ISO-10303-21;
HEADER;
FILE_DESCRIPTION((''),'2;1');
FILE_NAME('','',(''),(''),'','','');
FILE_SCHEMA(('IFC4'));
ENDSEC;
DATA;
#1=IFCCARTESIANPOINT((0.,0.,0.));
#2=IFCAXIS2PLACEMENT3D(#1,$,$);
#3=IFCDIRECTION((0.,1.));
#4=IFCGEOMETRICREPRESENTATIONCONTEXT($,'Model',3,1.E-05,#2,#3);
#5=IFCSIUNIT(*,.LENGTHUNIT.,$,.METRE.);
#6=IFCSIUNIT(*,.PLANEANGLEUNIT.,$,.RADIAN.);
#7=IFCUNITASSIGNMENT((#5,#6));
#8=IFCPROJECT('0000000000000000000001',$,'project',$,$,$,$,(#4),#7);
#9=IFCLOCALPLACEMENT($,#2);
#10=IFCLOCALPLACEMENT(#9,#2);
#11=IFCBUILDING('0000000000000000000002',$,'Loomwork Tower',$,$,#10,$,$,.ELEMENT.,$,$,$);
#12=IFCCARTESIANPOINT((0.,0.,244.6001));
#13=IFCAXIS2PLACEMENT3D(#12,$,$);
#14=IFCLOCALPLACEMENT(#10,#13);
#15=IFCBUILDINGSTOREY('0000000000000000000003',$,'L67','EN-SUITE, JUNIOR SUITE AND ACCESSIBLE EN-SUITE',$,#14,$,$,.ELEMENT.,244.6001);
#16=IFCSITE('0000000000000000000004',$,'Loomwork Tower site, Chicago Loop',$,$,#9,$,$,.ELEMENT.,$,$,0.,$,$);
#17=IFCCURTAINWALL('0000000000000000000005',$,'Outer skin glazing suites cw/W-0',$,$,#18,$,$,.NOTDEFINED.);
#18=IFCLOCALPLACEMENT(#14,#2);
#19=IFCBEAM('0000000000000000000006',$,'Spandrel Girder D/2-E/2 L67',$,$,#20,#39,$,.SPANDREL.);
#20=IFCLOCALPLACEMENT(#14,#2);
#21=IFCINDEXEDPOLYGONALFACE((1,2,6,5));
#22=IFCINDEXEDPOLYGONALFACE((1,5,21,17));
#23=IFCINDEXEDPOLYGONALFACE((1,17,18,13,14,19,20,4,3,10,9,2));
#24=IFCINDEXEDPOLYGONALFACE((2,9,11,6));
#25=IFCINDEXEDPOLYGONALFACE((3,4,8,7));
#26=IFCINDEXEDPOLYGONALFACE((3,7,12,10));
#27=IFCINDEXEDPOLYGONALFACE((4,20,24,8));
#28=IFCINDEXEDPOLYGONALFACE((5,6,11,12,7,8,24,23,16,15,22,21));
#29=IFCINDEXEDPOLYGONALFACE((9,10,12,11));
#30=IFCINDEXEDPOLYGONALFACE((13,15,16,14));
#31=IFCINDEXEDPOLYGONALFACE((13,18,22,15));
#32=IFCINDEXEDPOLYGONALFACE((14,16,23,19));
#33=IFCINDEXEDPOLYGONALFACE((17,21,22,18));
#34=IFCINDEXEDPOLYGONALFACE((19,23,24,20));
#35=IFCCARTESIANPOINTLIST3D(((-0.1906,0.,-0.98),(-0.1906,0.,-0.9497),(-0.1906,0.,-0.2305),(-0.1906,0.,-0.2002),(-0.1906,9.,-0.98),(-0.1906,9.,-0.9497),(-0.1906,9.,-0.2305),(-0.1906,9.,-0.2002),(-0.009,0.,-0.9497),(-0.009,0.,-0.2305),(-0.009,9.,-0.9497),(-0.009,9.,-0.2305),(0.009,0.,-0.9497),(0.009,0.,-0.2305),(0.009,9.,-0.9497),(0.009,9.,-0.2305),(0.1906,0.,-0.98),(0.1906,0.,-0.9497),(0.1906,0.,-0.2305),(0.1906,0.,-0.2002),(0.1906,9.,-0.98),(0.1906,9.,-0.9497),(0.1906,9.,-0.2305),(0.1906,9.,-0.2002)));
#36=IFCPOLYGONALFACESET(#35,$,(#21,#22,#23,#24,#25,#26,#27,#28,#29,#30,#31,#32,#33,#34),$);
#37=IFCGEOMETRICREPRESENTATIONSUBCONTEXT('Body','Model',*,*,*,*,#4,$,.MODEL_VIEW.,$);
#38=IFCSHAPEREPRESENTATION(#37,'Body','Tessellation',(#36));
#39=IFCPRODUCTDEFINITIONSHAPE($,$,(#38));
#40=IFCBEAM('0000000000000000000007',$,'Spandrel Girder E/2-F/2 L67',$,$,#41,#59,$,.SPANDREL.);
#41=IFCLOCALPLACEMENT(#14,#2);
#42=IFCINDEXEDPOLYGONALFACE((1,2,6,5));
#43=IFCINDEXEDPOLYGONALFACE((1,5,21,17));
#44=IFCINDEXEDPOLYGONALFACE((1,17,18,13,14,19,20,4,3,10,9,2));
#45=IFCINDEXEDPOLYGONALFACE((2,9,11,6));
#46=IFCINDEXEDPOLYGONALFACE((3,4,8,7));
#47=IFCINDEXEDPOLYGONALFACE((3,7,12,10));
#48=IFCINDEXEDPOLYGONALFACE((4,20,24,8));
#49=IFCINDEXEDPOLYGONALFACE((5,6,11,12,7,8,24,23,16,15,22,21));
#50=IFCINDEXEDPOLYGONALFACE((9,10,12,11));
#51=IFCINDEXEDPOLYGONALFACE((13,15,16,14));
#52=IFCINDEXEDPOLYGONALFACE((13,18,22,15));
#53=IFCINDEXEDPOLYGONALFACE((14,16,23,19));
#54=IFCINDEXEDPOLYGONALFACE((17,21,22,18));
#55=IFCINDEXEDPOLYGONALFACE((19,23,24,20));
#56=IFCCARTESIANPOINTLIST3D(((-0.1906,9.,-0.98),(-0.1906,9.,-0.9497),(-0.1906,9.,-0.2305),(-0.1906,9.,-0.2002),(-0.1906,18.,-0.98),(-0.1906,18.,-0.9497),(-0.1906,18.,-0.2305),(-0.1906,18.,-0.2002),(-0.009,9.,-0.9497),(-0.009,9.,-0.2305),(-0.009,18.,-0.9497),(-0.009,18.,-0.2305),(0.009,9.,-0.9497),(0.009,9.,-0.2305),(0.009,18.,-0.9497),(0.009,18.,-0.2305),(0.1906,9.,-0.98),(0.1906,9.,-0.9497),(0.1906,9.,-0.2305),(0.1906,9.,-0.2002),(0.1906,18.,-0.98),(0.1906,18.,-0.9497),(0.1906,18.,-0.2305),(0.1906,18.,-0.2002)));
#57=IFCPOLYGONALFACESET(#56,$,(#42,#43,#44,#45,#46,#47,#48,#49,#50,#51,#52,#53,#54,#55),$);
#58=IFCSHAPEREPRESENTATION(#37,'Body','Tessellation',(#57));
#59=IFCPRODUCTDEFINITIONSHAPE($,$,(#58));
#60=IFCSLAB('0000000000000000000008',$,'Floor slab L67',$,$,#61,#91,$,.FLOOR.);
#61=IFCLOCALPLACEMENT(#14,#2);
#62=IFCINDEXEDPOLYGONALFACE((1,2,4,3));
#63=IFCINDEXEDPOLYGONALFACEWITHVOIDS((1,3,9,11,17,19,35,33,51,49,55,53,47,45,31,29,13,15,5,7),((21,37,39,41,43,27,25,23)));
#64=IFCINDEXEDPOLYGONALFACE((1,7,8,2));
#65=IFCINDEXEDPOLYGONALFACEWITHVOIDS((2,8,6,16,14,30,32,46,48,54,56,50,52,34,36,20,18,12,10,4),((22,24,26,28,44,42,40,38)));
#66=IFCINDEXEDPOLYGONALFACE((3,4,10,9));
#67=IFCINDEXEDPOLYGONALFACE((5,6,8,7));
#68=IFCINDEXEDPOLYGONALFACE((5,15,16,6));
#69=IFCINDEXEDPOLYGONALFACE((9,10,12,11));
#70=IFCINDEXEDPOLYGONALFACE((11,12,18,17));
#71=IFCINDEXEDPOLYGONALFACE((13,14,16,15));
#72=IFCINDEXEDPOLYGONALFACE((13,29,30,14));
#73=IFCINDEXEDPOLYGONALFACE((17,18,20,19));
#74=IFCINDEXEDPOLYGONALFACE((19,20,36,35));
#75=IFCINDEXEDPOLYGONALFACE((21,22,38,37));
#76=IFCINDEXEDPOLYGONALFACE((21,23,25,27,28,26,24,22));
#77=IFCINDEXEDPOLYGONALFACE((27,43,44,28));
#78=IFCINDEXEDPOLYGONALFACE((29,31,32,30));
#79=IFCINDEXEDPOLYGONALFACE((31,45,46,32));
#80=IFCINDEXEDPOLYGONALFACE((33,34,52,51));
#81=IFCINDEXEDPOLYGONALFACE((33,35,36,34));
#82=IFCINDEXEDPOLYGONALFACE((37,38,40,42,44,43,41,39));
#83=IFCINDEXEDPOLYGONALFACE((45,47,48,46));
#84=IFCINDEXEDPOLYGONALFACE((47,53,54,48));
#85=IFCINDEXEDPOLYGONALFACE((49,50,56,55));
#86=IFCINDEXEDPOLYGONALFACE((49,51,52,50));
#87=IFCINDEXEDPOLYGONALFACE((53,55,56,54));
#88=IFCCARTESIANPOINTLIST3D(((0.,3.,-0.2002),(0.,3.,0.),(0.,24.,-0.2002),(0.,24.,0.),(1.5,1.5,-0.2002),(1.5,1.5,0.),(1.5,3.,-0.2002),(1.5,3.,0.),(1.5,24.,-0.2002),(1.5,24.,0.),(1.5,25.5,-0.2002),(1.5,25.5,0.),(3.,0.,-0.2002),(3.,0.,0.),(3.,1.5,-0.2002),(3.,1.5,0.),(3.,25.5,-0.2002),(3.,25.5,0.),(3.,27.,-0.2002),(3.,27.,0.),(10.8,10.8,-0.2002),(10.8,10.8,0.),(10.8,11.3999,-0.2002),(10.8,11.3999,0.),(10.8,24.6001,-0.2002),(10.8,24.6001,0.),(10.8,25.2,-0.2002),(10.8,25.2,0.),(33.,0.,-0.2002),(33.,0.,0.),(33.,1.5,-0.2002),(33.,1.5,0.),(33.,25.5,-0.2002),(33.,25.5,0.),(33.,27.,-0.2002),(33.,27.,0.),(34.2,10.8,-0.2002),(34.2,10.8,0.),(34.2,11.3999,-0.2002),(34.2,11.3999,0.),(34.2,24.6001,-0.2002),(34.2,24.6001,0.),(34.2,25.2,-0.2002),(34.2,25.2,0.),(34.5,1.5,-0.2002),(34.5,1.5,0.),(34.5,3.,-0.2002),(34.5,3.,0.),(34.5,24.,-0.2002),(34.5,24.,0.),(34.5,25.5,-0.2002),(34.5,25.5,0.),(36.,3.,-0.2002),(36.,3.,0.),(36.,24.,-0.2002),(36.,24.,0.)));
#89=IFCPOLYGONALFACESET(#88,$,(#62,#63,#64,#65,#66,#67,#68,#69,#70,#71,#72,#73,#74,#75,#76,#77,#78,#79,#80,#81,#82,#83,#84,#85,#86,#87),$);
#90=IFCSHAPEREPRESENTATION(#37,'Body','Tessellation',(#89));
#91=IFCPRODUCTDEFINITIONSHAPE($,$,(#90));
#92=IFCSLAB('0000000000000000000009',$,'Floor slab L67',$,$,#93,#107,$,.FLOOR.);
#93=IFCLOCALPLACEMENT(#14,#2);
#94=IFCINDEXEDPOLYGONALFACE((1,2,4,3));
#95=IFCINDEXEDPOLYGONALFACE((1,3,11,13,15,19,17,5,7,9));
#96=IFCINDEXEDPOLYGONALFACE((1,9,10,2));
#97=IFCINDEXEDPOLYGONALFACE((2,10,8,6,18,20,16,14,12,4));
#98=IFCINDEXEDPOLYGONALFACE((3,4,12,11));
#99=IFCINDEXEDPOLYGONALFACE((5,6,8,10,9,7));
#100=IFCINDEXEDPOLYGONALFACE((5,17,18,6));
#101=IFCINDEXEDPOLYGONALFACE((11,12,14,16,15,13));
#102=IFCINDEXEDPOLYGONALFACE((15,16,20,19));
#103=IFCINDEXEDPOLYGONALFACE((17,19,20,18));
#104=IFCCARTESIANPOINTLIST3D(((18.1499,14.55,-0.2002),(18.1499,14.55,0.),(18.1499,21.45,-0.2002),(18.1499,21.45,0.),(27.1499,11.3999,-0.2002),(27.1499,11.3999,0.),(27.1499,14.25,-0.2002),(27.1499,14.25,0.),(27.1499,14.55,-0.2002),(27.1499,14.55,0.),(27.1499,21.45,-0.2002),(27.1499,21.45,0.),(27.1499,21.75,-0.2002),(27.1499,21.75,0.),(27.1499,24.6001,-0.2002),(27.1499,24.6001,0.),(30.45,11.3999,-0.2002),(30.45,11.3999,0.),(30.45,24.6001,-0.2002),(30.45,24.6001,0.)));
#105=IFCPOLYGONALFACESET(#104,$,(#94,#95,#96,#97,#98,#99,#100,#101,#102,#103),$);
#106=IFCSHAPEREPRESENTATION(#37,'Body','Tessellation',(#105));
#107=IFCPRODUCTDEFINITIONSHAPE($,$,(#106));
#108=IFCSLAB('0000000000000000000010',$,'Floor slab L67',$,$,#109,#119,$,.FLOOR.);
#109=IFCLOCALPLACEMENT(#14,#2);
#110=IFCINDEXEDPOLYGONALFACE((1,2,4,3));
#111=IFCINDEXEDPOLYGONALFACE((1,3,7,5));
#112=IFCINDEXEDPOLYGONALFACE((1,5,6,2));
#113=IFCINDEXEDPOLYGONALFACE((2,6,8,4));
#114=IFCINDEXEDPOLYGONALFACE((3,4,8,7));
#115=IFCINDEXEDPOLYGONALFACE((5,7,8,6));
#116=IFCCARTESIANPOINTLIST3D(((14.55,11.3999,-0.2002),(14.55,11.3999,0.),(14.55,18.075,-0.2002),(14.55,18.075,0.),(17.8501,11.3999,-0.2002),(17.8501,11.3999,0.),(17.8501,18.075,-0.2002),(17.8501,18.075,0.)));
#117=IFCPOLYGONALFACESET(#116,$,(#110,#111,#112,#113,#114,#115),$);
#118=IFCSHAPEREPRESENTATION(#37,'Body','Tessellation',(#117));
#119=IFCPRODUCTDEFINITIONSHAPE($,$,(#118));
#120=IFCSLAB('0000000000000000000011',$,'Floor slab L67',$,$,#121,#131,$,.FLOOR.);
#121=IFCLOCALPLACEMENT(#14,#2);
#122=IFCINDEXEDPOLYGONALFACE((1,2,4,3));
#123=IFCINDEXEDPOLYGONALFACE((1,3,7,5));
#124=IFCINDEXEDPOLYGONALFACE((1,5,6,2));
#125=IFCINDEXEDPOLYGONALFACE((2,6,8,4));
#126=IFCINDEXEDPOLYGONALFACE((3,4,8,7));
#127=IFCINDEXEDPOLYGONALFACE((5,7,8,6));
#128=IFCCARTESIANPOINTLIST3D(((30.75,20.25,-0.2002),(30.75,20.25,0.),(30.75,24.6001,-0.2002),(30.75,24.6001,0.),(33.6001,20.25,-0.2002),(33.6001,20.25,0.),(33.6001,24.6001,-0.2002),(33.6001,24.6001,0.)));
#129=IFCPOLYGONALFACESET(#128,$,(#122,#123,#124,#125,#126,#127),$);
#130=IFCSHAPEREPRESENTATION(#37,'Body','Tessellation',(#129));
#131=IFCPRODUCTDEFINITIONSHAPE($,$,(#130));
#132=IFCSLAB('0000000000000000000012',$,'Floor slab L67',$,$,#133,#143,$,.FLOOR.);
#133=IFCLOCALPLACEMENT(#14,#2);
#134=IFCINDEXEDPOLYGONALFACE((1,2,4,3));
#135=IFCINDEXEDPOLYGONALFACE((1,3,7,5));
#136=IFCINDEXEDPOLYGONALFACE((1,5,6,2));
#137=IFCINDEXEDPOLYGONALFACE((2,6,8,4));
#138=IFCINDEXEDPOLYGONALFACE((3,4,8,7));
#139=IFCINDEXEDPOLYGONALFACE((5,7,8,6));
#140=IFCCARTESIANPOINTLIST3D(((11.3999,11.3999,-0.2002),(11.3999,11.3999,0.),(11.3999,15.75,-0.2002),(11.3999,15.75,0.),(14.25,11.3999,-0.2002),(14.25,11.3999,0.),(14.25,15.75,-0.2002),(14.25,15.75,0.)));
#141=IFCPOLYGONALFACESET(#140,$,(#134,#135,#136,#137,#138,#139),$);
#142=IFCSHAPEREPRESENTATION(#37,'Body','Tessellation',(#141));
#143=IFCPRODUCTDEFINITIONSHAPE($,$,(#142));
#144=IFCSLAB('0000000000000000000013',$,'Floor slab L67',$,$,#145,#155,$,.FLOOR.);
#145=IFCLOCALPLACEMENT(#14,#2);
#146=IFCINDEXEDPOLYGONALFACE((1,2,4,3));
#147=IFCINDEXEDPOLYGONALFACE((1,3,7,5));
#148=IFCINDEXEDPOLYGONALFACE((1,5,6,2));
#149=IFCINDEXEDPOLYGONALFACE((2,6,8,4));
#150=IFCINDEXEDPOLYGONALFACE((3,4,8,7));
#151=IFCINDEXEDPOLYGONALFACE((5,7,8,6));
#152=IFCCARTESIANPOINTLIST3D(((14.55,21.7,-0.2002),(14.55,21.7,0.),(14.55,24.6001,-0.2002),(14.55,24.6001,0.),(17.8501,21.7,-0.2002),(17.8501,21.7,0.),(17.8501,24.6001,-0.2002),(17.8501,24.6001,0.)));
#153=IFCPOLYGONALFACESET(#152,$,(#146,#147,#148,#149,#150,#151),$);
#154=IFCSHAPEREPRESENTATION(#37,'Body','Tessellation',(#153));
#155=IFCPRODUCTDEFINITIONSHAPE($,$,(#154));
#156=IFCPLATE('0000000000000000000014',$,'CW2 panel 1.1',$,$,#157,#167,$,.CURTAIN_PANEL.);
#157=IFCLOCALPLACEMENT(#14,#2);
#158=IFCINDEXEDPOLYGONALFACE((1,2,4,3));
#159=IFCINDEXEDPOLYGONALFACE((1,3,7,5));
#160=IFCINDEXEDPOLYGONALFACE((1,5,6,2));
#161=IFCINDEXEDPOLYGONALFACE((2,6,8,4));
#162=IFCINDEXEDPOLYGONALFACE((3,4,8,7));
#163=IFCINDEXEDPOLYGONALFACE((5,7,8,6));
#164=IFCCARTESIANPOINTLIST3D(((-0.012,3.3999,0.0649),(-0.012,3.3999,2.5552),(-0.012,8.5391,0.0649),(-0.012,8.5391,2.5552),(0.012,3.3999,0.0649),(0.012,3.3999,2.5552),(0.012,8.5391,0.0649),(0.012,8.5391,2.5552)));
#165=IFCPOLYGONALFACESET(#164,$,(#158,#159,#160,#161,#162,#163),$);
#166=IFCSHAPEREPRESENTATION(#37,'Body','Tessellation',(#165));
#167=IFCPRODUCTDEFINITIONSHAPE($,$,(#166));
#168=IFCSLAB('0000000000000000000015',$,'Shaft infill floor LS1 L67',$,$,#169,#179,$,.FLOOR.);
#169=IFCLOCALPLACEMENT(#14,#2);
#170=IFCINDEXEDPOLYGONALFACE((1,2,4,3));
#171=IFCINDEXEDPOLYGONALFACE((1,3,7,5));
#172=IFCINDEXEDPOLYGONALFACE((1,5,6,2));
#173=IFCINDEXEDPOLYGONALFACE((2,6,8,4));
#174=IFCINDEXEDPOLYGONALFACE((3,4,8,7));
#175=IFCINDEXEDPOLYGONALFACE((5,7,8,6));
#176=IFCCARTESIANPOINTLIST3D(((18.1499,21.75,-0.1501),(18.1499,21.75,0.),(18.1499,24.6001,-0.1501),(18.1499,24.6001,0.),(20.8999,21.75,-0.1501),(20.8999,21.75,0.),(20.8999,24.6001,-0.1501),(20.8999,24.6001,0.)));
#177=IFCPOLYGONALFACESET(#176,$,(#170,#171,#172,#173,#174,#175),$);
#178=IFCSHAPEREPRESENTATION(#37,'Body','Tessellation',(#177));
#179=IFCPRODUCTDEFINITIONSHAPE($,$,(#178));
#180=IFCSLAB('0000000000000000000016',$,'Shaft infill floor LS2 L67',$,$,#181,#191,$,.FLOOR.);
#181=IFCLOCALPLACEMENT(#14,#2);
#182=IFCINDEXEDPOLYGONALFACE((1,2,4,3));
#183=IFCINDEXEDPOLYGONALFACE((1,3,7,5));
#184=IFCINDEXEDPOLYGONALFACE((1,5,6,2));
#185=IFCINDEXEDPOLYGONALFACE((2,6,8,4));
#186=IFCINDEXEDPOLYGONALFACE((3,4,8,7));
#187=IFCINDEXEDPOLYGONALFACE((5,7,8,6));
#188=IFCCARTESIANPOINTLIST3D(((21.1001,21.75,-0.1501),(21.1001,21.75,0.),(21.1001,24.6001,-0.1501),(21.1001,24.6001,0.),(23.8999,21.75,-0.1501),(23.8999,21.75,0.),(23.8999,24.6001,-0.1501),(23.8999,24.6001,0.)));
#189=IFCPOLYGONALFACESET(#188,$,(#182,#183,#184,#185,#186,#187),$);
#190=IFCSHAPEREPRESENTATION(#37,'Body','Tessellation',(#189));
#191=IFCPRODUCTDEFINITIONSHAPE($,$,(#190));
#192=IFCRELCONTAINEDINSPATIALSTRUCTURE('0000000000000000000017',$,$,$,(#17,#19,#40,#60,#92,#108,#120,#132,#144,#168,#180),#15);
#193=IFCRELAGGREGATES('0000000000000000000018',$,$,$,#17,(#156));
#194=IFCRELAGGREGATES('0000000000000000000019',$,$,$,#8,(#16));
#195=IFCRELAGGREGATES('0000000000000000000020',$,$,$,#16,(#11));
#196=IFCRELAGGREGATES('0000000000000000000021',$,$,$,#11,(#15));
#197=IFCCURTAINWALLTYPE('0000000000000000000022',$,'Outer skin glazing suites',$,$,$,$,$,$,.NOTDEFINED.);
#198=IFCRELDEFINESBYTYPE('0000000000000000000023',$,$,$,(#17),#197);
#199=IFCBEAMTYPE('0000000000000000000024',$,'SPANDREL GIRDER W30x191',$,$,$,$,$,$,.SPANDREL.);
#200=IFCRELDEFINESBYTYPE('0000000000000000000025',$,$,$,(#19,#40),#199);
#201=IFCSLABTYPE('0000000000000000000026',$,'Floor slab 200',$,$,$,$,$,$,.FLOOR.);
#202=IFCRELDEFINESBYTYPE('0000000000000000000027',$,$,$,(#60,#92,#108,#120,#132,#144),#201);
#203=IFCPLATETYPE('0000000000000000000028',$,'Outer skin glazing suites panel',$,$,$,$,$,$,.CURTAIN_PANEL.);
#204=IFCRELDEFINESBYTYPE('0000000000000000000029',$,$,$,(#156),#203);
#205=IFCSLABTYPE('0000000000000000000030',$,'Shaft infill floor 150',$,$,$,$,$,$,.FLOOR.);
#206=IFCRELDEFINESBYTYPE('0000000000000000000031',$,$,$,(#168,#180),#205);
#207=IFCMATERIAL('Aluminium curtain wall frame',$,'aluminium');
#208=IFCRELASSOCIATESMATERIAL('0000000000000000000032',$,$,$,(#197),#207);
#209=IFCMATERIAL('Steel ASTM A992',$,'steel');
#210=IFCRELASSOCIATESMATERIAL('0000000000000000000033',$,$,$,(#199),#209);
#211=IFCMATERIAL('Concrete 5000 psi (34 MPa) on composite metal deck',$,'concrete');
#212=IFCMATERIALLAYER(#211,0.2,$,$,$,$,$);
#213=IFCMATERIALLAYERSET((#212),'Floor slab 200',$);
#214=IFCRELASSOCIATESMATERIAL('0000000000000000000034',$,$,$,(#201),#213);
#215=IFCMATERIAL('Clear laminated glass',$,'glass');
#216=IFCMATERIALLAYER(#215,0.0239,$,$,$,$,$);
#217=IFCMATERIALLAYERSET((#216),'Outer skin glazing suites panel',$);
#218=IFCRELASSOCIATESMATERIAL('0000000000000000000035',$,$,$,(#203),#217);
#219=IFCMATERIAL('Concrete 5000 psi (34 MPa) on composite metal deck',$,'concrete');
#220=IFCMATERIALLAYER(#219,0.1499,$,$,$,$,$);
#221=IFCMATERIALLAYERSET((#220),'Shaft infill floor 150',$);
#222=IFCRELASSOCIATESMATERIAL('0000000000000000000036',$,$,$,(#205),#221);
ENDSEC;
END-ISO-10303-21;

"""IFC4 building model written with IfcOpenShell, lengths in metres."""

from ifc_helpers import new_model, si_unit, direction, frame, origin, origin_2d, place, context, subcontext, project, spatial, polyline, rectangle, i_section, outline, extrude, material, layer, layer_set, material_profile, profile_set, type_object, element, aggregate, save


model = new_model("IFC4")

# Units and contexts
model_context = context("Model", 3, precision=1e-05, world=origin(), true_north=direction((0.0, 1.0)))
body_context = subcontext(model_context, "Body", "Model", "MODEL_VIEW")
ifc_project = project(units=[si_unit("LENGTHUNIT", "METRE"), si_unit("PLANEANGLEUNIT", "RADIAN")], contexts=[model_context])

# Site, building, storey
site_placement = place(None, origin())
site = spatial("IfcSite", under=ifc_project, at=site_placement, Name="Loomwork Tower site, Chicago Loop", CompositionType="ELEMENT", RefElevation=0.0)
building_placement = place(site_placement, origin())
building = spatial("IfcBuilding", under=site, at=building_placement, Name="Loomwork Tower", CompositionType="ELEMENT")
storey_placement = place(building_placement, frame((0.0, 0.0, 244.6001)))
storey = spatial("IfcBuildingStorey", under=building, at=storey_placement, Name="L67", Description="EN-SUITE, JUNIOR SUITE AND ACCESSIBLE EN-SUITE", CompositionType="ELEMENT", Elevation=244.6001)

# Curtain wall
ifc_material_1 = material(Name="Aluminium curtain wall frame", Category="aluminium")
curtain_wall_type = type_object("IfcCurtainWallType", Name="Outer skin glazing suites", PredefinedType="NOTDEFINED", material=ifc_material_1)
curtain_wall_placement = place(storey_placement, origin())
curtain_wall = element("IfcCurtainWall", 1, at=curtain_wall_placement, inside=storey, type_object=curtain_wall_type, Name="Outer skin glazing suites cw/W-0", PredefinedType="NOTDEFINED")

# Beams
ifc_material_2 = material(Name="Steel ASTM A992", Category="steel")
ifc_material_profile_1 = material_profile(ifc_material_2, i_section(OverallWidth=0.3811, OverallDepth=0.7798, WebThickness=0.0181, FlangeThickness=0.0303, at=origin_2d()), Name="W30x191")
ifc_profile_set_1 = profile_set([ifc_material_profile_1], Name="Steel ASTM A992")
beam_type_1 = type_object("IfcBeamType", Name="SPANDREL GIRDER W30x191", PredefinedType="SPANDREL", material=ifc_profile_set_1)
for number, where, z_axis, x_axis, name in (
    (2, (0.0, 0.0, -0.5901), (0.0, 1.0, 0.0), (-1.0, 0.0, 0.0), "Spandrel Girder D/2-E/2 L67"),
    (3, (0.0, 9.0, -0.5901), (0.0, 1.0, 0.0), (-1.0, 0.0, 0.0), "Spandrel Girder E/2-F/2 L67"),
):
    element("IfcBeam", number, at=place(storey_placement, frame(where, z_axis=z_axis, x_axis=x_axis)), inside=storey, type_object=beam_type_1, Name=name, PredefinedType="SPANDREL", context=body_context, shape_type="SweptSolid", body=[
        extrude(i_section(OverallWidth=0.3811, OverallDepth=0.7798, WebThickness=0.0181, FlangeThickness=0.0303, at=origin_2d()), origin(), (0.0, 0.0, 1.0), 9.0),
    ])

# Slabs
ifc_material_3 = material(Name="Concrete 5000 psi (34 MPa) on composite metal deck", Category="concrete")
ifc_layer_1 = layer(ifc_material_3, 0.2)
ifc_layer_set_1 = layer_set([ifc_layer_1], Name="Floor slab 200")
slab_type_1 = type_object("IfcSlabType", Name="Floor slab 200", PredefinedType="FLOOR", material=ifc_layer_set_1)
slab_1_placement = place(storey_placement, frame((0.0, 0.0, -0.2002)))
element("IfcSlab", 4, at=slab_1_placement, inside=storey, type_object=slab_type_1, Name="Floor slab L67", PredefinedType="FLOOR", context=body_context, shape_type="SweptSolid", body=[
    extrude(outline(polyline([(3.0, 1.5), (1.5, 1.5), (1.5, 3.0), (0.0, 3.0), (0.0, 24.0), (1.5, 24.0), (1.5, 25.5), (3.0, 25.5), (3.0, 27.0), (33.0, 27.0), (33.0, 25.5), (34.5, 25.5), (34.5, 24.0), (36.0, 24.0), (36.0, 3.0), (34.5, 3.0), (34.5, 1.5), (33.0, 1.5), (33.0, 0.0), (3.0, 0.0), (3.0, 1.5)]), holes=[polyline([(10.8, 11.3999), (10.8, 11.3999), (10.8, 10.8), (34.2, 10.8), (34.2, 11.3999), (34.2, 11.3999), (34.2, 24.6001), (34.2, 25.2), (10.8, 25.2), (10.8, 24.6001), (10.8, 11.3999)])]), origin(), (0.0, 0.0, 1.0), 0.2002),
])
slab_2_placement = place(storey_placement, frame((0.0, 0.0, -0.2002)))
element("IfcSlab", 5, at=slab_2_placement, inside=storey, type_object=slab_type_1, Name="Floor slab L67", PredefinedType="FLOOR", context=body_context, shape_type="SweptSolid", body=[
    extrude(outline(polyline([(30.45, 24.6001), (30.45, 11.3999), (27.1499, 11.3999), (27.1499, 14.25), (27.1499, 14.55), (18.1499, 14.55), (18.1499, 21.45), (27.1499, 21.45), (27.1499, 21.75), (27.1499, 24.6001), (30.45, 24.6001)])), origin(), (0.0, 0.0, 1.0), 0.2002),
])
slab_3_placement = place(storey_placement, frame((0.0, 0.0, -0.2002)))
element("IfcSlab", 6, at=slab_3_placement, inside=storey, type_object=slab_type_1, Name="Floor slab L67", PredefinedType="FLOOR", context=body_context, shape_type="SweptSolid", body=[
    extrude(outline(polyline([(14.55, 11.3999), (14.55, 18.075), (17.8501, 18.075), (17.8501, 11.3999), (14.55, 11.3999)])), origin(), (0.0, 0.0, 1.0), 0.2002),
])
slab_4_placement = place(storey_placement, frame((0.0, 0.0, -0.2002)))
element("IfcSlab", 7, at=slab_4_placement, inside=storey, type_object=slab_type_1, Name="Floor slab L67", PredefinedType="FLOOR", context=body_context, shape_type="SweptSolid", body=[
    extrude(outline(polyline([(33.6001, 20.25), (30.75, 20.25), (30.75, 24.6001), (33.6001, 24.6001), (33.6001, 20.25)])), origin(), (0.0, 0.0, 1.0), 0.2002),
])
slab_5_placement = place(storey_placement, frame((0.0, 0.0, -0.2002)))
element("IfcSlab", 8, at=slab_5_placement, inside=storey, type_object=slab_type_1, Name="Floor slab L67", PredefinedType="FLOOR", context=body_context, shape_type="SweptSolid", body=[
    extrude(outline(polyline([(14.25, 15.75), (14.25, 11.3999), (11.3999, 11.3999), (11.3999, 15.75), (14.25, 15.75)])), origin(), (0.0, 0.0, 1.0), 0.2002),
])
slab_6_placement = place(storey_placement, frame((0.0, 0.0, -0.2002)))
element("IfcSlab", 9, at=slab_6_placement, inside=storey, type_object=slab_type_1, Name="Floor slab L67", PredefinedType="FLOOR", context=body_context, shape_type="SweptSolid", body=[
    extrude(outline(polyline([(14.55, 21.7), (14.55, 24.6001), (17.8501, 24.6001), (17.8501, 21.7), (14.55, 21.7)])), origin(), (0.0, 0.0, 1.0), 0.2002),
])

# Plate
ifc_material_4 = material(Name="Clear laminated glass", Category="glass")
ifc_layer_2 = layer(ifc_material_4, 0.0239)
ifc_layer_set_2 = layer_set([ifc_layer_2], Name="Outer skin glazing suites panel")
plate_type = type_object("IfcPlateType", Name="Outer skin glazing suites panel", PredefinedType="CURTAIN_PANEL", material=ifc_layer_set_2)
plate_placement = place(storey_placement, frame((0.0, 5.9695, 0.0649), z_axis=(0.0, 0.0, 1.0), x_axis=(0.0, -1.0, 0.0)))
plate = element("IfcPlate", 10, at=plate_placement, type_object=plate_type, Name="CW2 panel 1.1", PredefinedType="CURTAIN_PANEL", context=body_context, shape_type="SweptSolid", body=[
    extrude(rectangle(XDim=5.1392, YDim=0.0239, at=origin_2d()), origin(), (0.0, 0.0, 1.0), 2.4902),
])
aggregate(curtain_wall, [plate])

# Slabs
ifc_material_5 = material(Name="Concrete 5000 psi (34 MPa) on composite metal deck", Category="concrete")
ifc_layer_3 = layer(ifc_material_5, 0.1499)
ifc_layer_set_3 = layer_set([ifc_layer_3], Name="Shaft infill floor 150")
slab_type_2 = type_object("IfcSlabType", Name="Shaft infill floor 150", PredefinedType="FLOOR", material=ifc_layer_set_3)
slab_7_placement = place(storey_placement, frame((0.0, 0.0, -0.1501)))
element("IfcSlab", 11, at=slab_7_placement, inside=storey, type_object=slab_type_2, Name="Shaft infill floor LS1 L67", PredefinedType="FLOOR", context=body_context, shape_type="SweptSolid", body=[
    extrude(outline(polyline([(18.1499, 21.75), (20.8999, 21.75), (20.8999, 24.6001), (18.1499, 24.6001), (18.1499, 21.75)])), origin(), (0.0, 0.0, 1.0), 0.1501),
])
slab_8_placement = place(storey_placement, frame((0.0, 0.0, -0.1501)))
element("IfcSlab", 12, at=slab_8_placement, inside=storey, type_object=slab_type_2, Name="Shaft infill floor LS2 L67", PredefinedType="FLOOR", context=body_context, shape_type="SweptSolid", body=[
    extrude(outline(polyline([(21.1001, 21.75), (23.8999, 21.75), (23.8999, 24.6001), (21.1001, 24.6001), (21.1001, 21.75)])), origin(), (0.0, 0.0, 1.0), 0.1501),
])

save(model, "model.ifc")
